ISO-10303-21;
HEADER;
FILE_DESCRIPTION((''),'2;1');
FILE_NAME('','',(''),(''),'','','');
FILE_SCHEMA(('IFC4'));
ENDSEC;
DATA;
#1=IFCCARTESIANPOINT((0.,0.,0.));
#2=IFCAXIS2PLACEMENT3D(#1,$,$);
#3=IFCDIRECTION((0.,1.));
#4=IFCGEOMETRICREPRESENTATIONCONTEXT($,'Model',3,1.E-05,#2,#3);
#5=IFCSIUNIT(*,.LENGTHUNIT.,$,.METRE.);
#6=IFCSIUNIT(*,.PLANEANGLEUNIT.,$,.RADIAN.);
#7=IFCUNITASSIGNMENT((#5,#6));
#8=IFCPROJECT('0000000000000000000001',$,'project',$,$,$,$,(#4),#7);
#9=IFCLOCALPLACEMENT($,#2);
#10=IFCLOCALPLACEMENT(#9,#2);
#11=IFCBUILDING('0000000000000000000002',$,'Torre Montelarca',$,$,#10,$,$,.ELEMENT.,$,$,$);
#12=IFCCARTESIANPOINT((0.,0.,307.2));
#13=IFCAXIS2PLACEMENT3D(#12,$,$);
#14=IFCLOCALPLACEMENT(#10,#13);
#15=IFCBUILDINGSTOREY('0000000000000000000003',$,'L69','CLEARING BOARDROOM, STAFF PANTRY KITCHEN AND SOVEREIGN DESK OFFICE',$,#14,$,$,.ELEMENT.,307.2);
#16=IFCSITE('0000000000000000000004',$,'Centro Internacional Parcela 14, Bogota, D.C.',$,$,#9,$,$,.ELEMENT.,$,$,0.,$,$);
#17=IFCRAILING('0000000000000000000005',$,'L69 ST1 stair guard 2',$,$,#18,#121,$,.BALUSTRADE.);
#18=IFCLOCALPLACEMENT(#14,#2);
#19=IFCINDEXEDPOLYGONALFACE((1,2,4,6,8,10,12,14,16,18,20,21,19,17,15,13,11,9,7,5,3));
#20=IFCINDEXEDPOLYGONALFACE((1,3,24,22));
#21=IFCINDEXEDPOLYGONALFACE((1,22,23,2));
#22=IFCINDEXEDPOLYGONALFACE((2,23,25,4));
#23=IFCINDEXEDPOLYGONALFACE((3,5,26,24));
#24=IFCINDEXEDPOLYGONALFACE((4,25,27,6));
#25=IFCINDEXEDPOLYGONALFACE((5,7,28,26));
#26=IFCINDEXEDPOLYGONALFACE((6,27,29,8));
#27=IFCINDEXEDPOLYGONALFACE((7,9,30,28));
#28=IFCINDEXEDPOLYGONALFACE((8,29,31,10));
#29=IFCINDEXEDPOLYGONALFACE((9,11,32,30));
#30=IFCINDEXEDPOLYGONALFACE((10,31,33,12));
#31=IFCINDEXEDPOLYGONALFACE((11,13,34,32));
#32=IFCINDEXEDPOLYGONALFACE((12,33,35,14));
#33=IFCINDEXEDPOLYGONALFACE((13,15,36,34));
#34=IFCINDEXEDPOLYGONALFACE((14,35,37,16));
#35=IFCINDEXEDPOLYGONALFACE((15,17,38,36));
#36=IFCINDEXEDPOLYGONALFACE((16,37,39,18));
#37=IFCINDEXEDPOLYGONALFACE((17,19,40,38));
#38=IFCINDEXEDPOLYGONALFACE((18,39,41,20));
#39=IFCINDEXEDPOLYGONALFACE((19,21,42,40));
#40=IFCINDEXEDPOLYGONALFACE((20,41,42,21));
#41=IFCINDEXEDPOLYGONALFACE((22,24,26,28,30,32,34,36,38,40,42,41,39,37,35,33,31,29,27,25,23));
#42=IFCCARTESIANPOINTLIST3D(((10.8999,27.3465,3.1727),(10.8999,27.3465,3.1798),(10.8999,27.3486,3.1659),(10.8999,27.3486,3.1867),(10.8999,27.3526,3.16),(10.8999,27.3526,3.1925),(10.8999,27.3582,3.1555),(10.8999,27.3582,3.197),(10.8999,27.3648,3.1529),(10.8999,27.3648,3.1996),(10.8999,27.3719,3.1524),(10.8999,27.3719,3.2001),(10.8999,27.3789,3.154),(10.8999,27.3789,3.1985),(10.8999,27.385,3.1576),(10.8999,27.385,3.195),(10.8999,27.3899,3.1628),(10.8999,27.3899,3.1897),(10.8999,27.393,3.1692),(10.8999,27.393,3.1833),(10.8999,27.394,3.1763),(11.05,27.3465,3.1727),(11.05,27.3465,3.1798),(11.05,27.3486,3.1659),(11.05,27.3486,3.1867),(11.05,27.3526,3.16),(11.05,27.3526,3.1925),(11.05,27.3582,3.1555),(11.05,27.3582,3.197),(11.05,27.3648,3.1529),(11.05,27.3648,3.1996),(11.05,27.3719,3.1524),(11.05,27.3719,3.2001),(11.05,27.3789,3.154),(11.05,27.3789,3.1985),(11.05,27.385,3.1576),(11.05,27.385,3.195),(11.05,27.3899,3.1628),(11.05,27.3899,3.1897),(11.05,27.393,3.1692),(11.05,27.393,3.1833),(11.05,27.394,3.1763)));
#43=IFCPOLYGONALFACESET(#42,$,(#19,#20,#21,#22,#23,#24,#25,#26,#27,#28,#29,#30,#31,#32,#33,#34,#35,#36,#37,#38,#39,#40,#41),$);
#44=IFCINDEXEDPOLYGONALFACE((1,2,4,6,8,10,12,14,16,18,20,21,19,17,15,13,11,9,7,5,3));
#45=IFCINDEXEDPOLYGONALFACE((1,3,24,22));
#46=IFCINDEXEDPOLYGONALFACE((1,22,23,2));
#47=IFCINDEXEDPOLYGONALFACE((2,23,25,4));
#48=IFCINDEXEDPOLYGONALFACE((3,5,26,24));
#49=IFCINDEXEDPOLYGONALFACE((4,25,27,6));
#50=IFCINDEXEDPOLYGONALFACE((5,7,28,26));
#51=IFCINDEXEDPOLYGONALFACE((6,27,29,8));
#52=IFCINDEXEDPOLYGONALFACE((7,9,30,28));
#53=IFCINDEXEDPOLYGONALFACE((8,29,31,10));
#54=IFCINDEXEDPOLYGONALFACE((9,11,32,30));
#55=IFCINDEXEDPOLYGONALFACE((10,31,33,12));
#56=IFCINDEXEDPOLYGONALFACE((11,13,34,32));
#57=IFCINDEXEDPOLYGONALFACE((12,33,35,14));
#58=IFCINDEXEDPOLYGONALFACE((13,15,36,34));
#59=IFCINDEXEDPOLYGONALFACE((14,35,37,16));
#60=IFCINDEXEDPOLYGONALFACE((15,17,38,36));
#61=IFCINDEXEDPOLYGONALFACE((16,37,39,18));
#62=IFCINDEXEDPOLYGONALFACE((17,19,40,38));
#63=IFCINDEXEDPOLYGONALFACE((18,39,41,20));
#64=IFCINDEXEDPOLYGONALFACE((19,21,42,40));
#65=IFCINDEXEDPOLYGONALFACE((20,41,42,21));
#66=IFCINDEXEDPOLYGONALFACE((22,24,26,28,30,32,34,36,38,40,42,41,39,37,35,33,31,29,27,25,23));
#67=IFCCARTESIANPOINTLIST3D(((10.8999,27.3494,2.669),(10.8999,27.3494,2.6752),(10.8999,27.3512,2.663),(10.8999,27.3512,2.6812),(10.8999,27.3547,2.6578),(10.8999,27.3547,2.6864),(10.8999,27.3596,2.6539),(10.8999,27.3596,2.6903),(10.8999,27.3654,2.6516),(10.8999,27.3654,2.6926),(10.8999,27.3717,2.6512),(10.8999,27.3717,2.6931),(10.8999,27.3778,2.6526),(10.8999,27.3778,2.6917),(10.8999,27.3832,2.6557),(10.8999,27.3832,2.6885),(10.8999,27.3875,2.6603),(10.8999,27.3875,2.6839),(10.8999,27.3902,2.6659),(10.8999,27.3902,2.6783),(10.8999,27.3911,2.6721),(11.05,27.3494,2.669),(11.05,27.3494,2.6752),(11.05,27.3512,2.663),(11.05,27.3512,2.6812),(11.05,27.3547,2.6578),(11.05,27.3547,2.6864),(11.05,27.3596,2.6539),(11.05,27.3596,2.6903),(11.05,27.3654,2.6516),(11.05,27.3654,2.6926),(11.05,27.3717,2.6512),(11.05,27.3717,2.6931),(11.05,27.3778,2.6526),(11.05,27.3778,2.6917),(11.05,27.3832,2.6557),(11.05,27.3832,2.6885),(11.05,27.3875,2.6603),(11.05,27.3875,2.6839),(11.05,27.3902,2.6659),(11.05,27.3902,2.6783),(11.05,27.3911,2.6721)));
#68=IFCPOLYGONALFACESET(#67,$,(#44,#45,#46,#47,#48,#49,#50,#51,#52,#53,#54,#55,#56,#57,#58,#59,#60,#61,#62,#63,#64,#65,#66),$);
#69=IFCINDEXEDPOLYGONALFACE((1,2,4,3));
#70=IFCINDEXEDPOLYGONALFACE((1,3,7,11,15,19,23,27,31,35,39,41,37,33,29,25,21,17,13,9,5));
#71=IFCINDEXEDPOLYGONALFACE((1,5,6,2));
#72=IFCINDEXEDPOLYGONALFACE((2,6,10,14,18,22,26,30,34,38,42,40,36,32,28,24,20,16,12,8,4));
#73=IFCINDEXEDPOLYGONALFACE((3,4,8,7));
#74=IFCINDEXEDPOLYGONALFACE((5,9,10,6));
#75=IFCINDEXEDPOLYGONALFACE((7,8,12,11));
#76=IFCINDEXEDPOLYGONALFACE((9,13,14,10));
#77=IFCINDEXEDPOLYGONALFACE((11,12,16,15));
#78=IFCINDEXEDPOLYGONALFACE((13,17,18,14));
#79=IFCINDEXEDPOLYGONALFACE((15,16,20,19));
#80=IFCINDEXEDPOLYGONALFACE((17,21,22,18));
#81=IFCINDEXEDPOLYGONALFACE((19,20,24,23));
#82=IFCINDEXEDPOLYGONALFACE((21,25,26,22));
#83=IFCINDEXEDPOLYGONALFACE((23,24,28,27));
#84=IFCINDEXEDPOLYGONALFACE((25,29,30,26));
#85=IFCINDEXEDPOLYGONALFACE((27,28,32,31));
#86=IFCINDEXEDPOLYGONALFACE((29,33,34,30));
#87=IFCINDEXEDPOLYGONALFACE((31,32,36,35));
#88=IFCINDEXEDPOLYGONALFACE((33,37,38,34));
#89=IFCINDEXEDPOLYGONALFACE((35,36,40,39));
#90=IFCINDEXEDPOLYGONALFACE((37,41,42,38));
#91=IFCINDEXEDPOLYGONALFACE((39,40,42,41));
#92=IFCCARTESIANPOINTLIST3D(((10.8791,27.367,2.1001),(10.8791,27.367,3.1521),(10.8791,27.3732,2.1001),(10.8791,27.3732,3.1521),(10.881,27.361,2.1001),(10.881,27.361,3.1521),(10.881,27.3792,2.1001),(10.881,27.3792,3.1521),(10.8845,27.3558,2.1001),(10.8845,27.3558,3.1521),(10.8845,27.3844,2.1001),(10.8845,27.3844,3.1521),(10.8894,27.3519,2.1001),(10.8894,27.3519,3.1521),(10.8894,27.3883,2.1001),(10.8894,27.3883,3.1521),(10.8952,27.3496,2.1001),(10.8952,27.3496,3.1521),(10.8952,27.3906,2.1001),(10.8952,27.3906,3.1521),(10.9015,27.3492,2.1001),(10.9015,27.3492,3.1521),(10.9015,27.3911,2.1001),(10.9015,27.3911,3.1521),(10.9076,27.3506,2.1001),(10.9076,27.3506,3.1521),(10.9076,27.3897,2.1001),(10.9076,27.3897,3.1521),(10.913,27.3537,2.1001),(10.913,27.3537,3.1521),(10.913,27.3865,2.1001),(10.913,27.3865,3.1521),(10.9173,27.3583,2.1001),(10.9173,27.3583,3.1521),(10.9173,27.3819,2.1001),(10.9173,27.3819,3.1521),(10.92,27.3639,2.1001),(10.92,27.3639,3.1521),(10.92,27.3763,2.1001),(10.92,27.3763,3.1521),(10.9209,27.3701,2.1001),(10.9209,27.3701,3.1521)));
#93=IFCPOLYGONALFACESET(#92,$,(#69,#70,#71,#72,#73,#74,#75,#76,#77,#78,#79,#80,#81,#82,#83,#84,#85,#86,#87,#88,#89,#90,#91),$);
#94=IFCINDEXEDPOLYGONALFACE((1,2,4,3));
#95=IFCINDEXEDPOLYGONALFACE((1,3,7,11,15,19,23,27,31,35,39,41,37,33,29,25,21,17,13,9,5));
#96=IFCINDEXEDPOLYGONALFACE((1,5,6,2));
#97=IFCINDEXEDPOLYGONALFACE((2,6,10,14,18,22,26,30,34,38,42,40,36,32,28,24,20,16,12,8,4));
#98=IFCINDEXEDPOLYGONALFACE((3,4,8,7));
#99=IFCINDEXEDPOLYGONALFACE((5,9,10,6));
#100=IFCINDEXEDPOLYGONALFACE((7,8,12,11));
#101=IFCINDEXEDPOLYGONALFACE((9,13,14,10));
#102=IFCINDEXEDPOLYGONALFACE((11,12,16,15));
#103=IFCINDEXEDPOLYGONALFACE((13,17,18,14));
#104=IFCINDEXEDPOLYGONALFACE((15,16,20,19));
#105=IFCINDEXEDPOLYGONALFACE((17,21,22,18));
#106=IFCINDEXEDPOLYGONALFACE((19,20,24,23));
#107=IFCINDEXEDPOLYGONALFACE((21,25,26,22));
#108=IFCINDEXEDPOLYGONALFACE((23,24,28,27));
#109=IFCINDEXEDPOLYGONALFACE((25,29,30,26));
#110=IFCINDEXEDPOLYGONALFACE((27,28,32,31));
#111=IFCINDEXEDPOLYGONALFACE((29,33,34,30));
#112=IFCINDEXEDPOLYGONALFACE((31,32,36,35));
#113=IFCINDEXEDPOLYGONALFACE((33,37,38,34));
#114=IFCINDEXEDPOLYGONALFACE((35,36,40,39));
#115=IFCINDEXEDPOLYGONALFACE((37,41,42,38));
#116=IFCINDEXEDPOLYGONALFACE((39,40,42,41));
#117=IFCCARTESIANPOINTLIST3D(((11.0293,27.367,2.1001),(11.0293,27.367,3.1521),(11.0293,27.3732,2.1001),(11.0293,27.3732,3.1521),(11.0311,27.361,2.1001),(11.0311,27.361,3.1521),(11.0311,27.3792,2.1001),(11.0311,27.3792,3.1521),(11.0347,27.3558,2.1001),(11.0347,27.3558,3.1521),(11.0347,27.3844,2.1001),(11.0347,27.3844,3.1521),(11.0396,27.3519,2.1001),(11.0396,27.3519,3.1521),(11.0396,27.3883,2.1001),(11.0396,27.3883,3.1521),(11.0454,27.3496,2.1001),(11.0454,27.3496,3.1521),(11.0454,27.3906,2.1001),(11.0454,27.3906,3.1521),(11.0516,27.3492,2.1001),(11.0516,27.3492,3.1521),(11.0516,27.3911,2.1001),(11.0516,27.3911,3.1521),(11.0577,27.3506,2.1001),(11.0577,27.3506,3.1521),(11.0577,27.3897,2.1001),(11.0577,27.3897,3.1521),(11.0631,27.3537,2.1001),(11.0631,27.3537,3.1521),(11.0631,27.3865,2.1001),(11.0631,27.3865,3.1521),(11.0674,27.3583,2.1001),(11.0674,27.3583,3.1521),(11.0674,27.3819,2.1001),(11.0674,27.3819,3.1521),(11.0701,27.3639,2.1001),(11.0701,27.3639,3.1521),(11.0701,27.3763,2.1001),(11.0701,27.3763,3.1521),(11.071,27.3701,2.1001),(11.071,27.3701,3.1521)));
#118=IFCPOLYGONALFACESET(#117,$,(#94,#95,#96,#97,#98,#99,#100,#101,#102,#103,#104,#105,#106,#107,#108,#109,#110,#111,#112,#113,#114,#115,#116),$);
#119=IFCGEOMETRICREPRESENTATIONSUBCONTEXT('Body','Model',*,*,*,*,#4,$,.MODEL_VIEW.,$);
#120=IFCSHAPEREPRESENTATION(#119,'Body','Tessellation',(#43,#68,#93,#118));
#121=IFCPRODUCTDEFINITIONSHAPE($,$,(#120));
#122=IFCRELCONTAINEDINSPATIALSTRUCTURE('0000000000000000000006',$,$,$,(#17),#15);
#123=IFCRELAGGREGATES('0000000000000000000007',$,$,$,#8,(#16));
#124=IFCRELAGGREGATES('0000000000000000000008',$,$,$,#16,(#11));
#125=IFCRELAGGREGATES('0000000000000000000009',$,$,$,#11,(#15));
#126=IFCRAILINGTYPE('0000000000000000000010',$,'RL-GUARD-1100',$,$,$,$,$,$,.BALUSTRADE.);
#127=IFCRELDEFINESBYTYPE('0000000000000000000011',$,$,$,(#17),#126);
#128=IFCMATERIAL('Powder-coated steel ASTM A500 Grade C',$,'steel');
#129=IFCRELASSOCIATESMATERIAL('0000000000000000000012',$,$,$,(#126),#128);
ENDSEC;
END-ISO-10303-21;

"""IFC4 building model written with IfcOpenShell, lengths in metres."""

from ifc_helpers import new_model, si_unit, direction, frame, origin, origin_2d, place, context, subcontext, project, spatial, circle, extrude, material, type_object, element, save


model = new_model("IFC4")

# Units and contexts
model_context = context("Model", 3, precision=1e-05, world=origin(), true_north=direction((0.0, 1.0)))
body_context = subcontext(model_context, "Body", "Model", "MODEL_VIEW")
ifc_project = project(units=[si_unit("LENGTHUNIT", "METRE"), si_unit("PLANEANGLEUNIT", "RADIAN")], contexts=[model_context])

# Site, building, storey
site_placement = place(None, origin())
site = spatial("IfcSite", under=ifc_project, at=site_placement, Name="Centro Internacional Parcela 14, Bogota, D.C.", CompositionType="ELEMENT", RefElevation=0.0)
building_placement = place(site_placement, origin())
building = spatial("IfcBuilding", under=site, at=building_placement, Name="Torre Montelarca", CompositionType="ELEMENT")
storey_placement = place(building_placement, frame((0.0, 0.0, 307.2)))
storey = spatial("IfcBuildingStorey", under=building, at=storey_placement, Name="L69", Description="CLEARING BOARDROOM, STAFF PANTRY KITCHEN AND SOVEREIGN DESK OFFICE", CompositionType="ELEMENT", Elevation=307.2)

# Railing
ifc_material_1 = material(Name="Powder-coated steel ASTM A500 Grade C", Category="steel")
railing_type_1 = type_object("IfcRailingType", Name="RL-GUARD-1100", PredefinedType="BALUSTRADE", material=ifc_material_1)
railing_1_placement = place(storey_placement, frame((10.8999, 27.3701, 2.1001)))
element("IfcRailing", 1, at=railing_1_placement, inside=storey, type_object=railing_type_1, Name="L69 ST1 stair guard 2", PredefinedType="BALUSTRADE", context=body_context, shape_type="SweptSolid", body=[
    extrude(circle(Radius=0.0239, at=origin_2d()), frame((0.0, 0.0, 1.0762), z_axis=(1.0, 0.0, 0.0), x_axis=(0.0, 1.0, 0.0)), (0.0, 0.0, 1.0), 0.1501),
    extrude(circle(Radius=0.021, at=origin_2d()), frame((0.0, 0.0, 0.572), z_axis=(1.0, 0.0, 0.0), x_axis=(0.0, 1.0, 0.0)), (0.0, 0.0, 1.0), 0.1501),
    extrude(circle(Radius=0.021, at=origin_2d()), origin(), (0.0, 0.0, 1.0), 1.052),
    extrude(circle(Radius=0.021, at=origin_2d()), frame((0.1501, 0.0, 0.0)), (0.0, 0.0, 1.0), 1.052),
])

save(model, "model.ifc")
